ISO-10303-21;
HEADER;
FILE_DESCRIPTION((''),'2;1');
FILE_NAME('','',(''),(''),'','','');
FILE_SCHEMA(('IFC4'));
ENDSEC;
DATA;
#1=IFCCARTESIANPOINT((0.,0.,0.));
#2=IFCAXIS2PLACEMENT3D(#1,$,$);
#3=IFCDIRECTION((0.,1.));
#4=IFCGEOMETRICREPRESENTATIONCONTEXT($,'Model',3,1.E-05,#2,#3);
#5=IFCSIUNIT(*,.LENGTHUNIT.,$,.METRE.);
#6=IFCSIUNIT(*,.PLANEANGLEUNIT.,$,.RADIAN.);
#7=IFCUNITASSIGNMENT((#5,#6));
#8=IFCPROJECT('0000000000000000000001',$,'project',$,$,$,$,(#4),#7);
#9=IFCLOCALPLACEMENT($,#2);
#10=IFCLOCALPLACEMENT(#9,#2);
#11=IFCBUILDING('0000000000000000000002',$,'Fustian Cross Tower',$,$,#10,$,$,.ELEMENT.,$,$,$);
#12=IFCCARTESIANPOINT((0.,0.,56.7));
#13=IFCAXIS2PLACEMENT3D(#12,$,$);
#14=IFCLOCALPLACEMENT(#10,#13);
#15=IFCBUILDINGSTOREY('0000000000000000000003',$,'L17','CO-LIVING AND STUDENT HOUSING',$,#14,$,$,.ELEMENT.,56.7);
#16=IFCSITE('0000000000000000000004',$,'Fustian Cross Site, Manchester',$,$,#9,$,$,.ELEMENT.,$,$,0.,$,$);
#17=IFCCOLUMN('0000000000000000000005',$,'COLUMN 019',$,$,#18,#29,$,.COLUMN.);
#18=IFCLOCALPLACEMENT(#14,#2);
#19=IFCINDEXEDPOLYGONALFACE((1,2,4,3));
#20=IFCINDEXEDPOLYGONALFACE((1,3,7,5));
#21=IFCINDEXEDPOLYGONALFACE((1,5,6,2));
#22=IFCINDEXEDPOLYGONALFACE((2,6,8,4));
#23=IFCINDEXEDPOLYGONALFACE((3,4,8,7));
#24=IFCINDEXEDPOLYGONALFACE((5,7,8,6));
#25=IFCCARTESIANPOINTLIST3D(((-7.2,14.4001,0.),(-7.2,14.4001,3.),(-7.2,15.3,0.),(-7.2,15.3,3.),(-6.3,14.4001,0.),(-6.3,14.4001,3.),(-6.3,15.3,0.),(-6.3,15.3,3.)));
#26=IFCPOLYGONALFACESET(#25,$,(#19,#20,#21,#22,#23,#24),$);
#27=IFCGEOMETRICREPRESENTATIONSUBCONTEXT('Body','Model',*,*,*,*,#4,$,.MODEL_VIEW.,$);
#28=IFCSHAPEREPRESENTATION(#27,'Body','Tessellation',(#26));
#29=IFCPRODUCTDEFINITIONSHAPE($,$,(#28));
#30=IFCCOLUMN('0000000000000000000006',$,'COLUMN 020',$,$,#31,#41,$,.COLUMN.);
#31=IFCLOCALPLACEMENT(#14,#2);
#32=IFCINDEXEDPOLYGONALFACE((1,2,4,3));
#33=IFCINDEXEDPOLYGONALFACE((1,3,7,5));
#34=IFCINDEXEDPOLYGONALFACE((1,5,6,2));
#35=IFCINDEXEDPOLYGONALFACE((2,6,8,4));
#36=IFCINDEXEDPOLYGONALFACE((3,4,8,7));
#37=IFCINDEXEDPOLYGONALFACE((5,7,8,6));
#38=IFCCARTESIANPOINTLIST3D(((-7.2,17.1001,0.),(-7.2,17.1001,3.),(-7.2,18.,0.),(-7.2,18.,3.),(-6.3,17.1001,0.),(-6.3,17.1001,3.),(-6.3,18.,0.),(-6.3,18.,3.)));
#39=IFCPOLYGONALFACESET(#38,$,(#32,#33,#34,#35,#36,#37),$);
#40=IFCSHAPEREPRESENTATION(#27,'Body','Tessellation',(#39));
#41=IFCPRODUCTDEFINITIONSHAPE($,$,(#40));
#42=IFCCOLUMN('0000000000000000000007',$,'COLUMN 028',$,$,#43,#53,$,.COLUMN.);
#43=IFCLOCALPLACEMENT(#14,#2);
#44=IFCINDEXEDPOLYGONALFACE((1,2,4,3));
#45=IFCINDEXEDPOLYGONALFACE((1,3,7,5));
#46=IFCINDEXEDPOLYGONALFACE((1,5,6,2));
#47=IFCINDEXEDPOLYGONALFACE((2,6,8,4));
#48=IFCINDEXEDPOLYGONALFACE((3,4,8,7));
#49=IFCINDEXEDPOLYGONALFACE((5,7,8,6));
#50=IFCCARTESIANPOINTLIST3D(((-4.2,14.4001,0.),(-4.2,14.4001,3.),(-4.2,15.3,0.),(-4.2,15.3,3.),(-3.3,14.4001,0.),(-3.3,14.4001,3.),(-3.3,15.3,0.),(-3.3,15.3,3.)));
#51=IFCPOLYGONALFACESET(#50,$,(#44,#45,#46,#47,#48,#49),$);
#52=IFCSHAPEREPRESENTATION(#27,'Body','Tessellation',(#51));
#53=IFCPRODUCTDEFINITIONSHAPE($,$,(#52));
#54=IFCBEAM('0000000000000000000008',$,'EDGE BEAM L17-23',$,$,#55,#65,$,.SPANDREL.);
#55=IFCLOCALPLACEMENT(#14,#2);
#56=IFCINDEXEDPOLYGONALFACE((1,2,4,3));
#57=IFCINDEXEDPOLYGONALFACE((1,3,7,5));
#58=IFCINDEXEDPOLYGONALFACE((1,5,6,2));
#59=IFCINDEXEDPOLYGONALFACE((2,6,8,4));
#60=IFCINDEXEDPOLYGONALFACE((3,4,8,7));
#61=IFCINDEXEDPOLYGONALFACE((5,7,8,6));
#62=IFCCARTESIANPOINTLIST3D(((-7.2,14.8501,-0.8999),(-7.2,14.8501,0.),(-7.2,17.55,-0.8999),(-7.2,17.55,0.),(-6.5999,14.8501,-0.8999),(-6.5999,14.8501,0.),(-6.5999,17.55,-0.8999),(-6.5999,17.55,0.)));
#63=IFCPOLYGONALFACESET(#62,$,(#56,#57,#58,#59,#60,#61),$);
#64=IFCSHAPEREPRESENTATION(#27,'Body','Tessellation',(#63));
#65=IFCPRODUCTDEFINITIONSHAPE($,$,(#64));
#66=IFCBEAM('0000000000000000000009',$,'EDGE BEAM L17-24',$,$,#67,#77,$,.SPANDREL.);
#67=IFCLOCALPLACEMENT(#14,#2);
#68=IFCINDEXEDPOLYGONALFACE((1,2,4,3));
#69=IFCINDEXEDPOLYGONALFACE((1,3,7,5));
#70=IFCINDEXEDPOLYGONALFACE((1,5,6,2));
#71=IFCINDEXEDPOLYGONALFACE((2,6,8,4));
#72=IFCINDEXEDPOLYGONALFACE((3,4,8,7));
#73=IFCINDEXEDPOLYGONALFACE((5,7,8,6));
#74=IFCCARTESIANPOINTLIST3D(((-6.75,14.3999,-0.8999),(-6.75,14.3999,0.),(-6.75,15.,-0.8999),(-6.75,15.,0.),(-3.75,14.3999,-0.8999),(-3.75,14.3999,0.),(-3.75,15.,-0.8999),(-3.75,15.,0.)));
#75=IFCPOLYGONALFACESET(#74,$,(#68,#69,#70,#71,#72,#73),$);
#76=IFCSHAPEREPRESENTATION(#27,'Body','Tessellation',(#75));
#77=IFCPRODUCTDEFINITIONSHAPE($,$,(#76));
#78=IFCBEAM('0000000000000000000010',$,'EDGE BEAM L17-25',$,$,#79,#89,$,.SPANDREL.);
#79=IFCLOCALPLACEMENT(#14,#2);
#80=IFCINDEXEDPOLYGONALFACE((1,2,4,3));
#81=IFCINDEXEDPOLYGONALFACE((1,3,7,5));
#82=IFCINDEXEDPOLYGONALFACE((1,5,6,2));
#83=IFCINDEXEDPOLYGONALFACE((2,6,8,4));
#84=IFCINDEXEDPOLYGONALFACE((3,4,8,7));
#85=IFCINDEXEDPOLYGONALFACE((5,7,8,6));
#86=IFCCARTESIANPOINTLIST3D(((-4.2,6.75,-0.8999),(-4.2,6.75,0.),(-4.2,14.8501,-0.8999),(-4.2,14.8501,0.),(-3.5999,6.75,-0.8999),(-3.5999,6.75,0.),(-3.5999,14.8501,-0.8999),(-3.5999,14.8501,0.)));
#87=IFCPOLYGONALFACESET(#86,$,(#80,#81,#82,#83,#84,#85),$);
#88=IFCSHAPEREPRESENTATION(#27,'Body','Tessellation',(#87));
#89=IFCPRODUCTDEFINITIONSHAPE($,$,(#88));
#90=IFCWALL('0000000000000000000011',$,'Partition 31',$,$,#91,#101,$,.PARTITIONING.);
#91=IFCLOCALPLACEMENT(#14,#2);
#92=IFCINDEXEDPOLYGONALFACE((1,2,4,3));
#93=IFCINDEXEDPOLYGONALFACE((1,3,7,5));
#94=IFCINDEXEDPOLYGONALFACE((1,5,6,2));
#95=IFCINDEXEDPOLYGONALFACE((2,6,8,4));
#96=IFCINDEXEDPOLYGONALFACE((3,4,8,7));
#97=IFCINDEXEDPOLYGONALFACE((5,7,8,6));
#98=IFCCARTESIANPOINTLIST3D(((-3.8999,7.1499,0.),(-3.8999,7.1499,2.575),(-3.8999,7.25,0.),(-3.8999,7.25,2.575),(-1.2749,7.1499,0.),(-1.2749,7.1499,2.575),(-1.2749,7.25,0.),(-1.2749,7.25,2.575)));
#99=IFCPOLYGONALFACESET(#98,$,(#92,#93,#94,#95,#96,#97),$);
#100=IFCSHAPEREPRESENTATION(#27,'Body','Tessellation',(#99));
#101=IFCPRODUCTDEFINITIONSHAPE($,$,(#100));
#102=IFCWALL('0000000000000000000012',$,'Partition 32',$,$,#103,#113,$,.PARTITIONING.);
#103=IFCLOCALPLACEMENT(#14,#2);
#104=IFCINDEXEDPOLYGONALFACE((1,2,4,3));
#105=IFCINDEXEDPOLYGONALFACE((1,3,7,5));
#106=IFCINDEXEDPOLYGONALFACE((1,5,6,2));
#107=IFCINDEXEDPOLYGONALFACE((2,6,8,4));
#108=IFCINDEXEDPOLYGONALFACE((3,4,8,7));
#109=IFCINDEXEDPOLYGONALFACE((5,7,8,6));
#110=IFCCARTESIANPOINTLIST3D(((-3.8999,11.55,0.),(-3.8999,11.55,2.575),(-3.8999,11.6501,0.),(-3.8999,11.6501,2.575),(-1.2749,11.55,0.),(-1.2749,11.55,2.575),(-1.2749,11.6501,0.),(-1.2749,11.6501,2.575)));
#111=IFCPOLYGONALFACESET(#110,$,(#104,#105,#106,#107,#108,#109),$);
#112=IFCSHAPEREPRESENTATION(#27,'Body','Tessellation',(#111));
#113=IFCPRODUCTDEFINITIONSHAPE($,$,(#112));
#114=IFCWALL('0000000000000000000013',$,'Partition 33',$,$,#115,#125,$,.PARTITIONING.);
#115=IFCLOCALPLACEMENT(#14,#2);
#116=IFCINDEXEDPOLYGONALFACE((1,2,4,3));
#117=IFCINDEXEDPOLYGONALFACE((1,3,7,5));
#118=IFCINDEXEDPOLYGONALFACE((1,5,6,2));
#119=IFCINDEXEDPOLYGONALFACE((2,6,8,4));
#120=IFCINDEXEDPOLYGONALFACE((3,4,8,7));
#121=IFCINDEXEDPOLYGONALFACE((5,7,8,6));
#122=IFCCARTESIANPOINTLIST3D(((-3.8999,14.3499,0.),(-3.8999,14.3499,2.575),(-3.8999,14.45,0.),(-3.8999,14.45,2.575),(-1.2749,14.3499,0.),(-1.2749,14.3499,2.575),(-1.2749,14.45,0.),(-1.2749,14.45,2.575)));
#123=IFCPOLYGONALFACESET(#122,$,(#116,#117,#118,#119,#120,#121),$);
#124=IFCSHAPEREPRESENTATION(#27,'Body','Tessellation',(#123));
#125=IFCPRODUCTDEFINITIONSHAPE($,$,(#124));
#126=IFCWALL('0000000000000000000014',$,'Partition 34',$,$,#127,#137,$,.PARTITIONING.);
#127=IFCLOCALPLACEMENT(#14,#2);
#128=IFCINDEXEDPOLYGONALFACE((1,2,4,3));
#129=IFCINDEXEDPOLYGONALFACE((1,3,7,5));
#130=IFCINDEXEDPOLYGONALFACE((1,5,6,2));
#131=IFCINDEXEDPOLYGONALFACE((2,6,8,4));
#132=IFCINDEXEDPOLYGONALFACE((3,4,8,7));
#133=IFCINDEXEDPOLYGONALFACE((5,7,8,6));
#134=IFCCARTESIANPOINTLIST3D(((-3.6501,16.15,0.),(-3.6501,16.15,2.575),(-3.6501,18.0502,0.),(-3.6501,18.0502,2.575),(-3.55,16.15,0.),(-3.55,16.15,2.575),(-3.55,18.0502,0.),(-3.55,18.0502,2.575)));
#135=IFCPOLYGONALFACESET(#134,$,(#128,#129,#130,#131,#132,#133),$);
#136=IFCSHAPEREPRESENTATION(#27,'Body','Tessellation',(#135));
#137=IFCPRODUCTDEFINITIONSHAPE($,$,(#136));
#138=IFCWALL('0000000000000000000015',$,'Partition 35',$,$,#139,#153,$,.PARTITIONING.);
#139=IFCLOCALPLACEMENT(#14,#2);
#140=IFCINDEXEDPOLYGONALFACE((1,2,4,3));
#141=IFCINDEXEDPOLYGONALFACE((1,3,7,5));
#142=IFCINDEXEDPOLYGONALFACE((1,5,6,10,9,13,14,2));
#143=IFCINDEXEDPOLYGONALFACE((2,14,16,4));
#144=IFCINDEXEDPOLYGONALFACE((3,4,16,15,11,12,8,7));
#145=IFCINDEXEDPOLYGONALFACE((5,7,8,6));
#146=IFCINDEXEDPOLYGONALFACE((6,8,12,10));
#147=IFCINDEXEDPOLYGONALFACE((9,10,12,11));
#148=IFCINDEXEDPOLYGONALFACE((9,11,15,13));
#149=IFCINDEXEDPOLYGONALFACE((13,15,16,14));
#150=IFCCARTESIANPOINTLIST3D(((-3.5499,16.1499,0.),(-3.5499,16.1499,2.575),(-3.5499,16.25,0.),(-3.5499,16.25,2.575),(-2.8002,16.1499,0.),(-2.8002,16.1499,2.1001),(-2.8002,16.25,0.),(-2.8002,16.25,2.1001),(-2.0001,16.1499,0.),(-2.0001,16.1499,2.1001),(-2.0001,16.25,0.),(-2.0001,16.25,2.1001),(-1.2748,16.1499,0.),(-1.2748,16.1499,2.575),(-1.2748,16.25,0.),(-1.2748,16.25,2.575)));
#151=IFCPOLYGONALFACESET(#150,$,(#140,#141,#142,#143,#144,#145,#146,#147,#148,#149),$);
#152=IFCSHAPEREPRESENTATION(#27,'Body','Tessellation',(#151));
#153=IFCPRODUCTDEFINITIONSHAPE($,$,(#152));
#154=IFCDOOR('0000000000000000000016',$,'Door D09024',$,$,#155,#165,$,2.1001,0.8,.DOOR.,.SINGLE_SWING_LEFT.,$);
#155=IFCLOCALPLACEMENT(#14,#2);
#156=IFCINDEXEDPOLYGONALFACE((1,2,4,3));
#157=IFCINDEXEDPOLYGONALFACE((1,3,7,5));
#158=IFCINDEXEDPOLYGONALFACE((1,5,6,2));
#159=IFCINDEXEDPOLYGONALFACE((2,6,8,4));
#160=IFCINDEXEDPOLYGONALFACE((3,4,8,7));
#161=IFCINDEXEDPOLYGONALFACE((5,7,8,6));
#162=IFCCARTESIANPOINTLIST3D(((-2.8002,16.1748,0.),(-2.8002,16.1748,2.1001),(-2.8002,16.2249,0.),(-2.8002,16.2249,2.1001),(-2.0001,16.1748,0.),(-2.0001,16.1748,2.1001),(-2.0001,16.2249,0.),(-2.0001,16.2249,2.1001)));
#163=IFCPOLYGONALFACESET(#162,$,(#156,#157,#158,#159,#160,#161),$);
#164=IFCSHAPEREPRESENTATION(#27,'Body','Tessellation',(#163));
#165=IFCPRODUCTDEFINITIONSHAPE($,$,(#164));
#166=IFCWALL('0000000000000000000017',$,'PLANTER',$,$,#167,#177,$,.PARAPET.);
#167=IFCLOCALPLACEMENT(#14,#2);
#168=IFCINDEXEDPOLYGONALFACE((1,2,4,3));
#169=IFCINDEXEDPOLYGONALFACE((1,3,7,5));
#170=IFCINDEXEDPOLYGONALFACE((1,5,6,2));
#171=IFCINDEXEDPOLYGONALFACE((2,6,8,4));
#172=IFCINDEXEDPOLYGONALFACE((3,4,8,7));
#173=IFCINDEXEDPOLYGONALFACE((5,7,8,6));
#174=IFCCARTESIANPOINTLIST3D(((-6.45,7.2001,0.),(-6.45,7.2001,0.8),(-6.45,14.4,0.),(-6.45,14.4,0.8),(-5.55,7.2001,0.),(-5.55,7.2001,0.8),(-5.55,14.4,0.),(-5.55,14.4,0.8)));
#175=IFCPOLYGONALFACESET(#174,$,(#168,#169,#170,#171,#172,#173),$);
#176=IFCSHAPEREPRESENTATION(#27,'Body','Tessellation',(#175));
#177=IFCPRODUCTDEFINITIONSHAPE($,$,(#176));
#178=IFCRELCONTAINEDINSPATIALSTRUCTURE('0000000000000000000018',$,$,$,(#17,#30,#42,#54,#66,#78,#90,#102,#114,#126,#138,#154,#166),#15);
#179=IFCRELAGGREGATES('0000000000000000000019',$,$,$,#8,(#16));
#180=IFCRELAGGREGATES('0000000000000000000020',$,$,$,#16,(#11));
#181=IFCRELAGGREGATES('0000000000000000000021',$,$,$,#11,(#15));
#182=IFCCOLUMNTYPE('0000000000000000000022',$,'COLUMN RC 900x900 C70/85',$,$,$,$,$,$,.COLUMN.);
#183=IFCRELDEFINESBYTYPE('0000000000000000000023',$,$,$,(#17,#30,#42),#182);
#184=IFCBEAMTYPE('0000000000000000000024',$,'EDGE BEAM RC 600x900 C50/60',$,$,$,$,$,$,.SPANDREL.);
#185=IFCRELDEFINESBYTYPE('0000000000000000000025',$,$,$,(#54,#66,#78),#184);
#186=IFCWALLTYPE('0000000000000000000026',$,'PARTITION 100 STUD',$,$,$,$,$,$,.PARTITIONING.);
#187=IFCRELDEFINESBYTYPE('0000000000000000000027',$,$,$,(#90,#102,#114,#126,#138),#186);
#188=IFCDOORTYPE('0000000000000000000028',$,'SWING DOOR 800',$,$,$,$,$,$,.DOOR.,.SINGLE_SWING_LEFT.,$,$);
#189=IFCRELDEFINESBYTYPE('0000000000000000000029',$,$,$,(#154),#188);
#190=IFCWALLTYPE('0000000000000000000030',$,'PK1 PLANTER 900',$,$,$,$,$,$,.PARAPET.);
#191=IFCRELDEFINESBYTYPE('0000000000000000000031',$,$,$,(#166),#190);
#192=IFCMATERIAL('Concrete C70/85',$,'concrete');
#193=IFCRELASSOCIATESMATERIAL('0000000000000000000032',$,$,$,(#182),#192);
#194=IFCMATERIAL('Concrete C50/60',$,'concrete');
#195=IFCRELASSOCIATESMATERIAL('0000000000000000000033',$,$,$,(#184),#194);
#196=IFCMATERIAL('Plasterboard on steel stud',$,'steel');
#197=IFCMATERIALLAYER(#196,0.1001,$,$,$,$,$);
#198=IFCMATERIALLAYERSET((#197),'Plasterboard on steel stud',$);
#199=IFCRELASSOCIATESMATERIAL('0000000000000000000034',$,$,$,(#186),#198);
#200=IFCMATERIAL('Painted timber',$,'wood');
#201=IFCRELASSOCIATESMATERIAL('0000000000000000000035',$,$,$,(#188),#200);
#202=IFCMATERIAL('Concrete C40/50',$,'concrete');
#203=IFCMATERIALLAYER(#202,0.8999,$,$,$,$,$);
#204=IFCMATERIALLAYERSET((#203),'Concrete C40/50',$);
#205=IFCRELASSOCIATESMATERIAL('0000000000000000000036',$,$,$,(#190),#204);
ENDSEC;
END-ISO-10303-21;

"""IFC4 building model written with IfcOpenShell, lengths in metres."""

from ifc_helpers import new_model, si_unit, direction, frame, frame_2d, origin, origin_2d, place, context, subcontext, project, spatial, rectangle, extrude, material, layer, layer_set, material_profile, profile_set, type_object, element, fill, save


model = new_model("IFC4")

# Units and contexts
model_context = context("Model", 3, precision=1e-05, world=origin(), true_north=direction((0.0, 1.0)))
body_context = subcontext(model_context, "Body", "Model", "MODEL_VIEW")
ifc_project = project(units=[si_unit("LENGTHUNIT", "METRE"), si_unit("PLANEANGLEUNIT", "RADIAN")], contexts=[model_context])

# Site, building, storey
site_placement = place(None, origin())
site = spatial("IfcSite", under=ifc_project, at=site_placement, Name="Fustian Cross Site, Manchester", CompositionType="ELEMENT", RefElevation=0.0)
building_placement = place(site_placement, origin())
building = spatial("IfcBuilding", under=site, at=building_placement, Name="Fustian Cross Tower", CompositionType="ELEMENT")
storey_placement = place(building_placement, frame((0.0, 0.0, 56.7)))
storey = spatial("IfcBuildingStorey", under=building, at=storey_placement, Name="L17", Description="CO-LIVING AND STUDENT HOUSING", CompositionType="ELEMENT", Elevation=56.7)

# Columns
ifc_material_1 = material(Name="Concrete C70/85", Category="concrete")
ifc_material_profile_1 = material_profile(ifc_material_1, rectangle(XDim=0.8999, YDim=0.8999, at=origin_2d()), Name="RC 900x900")
ifc_profile_set_1 = profile_set([ifc_material_profile_1], Name="Concrete C70/85")
column_type = type_object("IfcColumnType", Name="COLUMN RC 900x900 C70/85", PredefinedType="COLUMN", material=ifc_profile_set_1)
for number, where, z_axis, x_axis, name in (
    (1, (-6.75, 14.8501, 0.0), (0.0, 0.0, 1.0), (1.0, 0.0, 0.0), "COLUMN 019"),
    (2, (-6.75, 17.55, 0.0), (0.0, 0.0, 1.0), (1.0, 0.0, 0.0), "COLUMN 020"),
    (3, (-3.75, 14.8501, 0.0), (0.0, 0.0, 1.0), (1.0, 0.0, 0.0), "COLUMN 028"),
):
    element("IfcColumn", number, at=place(storey_placement, frame(where, z_axis=z_axis, x_axis=x_axis)), inside=storey, type_object=column_type, Name=name, PredefinedType="COLUMN", context=body_context, shape_type="SweptSolid", body=[
        extrude(rectangle(XDim=0.8999, YDim=0.8999, at=origin_2d()), origin(), (0.0, 0.0, 1.0), 3.0),
    ])

# Beams
ifc_material_2 = material(Name="Concrete C50/60", Category="concrete")
ifc_material_profile_2 = material_profile(ifc_material_2, rectangle(XDim=0.6001, YDim=0.8999, at=origin_2d()), Name="RC 600x900")
ifc_profile_set_2 = profile_set([ifc_material_profile_2], Name="Concrete C50/60")
beam_type = type_object("IfcBeamType", Name="EDGE BEAM RC 600x900 C50/60", PredefinedType="SPANDREL", material=ifc_profile_set_2)
beam_1_placement = place(storey_placement, frame((-6.8999, 17.55, -0.45), z_axis=(0.0, -1.0, 0.0), x_axis=(1.0, 0.0, 0.0)))
element("IfcBeam", 4, at=beam_1_placement, inside=storey, type_object=beam_type, Name="EDGE BEAM L17-23", PredefinedType="SPANDREL", context=body_context, shape_type="SweptSolid", body=[
    extrude(rectangle(XDim=0.6001, YDim=0.8999, at=origin_2d()), origin(), (0.0, 0.0, 1.0), 2.7),
])
beam_2_placement = place(storey_placement, frame((-6.75, 14.7, -0.45), z_axis=(1.0, 0.0, 0.0), x_axis=(0.0, 1.0, 0.0)))
element("IfcBeam", 5, at=beam_2_placement, inside=storey, type_object=beam_type, Name="EDGE BEAM L17-24", PredefinedType="SPANDREL", context=body_context, shape_type="SweptSolid", body=[
    extrude(rectangle(XDim=0.6001, YDim=0.8999, at=origin_2d()), origin(), (0.0, 0.0, 1.0), 3.0),
])
beam_3_placement = place(storey_placement, frame((-3.8999, 14.8501, -0.45), z_axis=(0.0, -1.0, 0.0), x_axis=(1.0, 0.0, 0.0)))
element("IfcBeam", 6, at=beam_3_placement, inside=storey, type_object=beam_type, Name="EDGE BEAM L17-25", PredefinedType="SPANDREL", context=body_context, shape_type="SweptSolid", body=[
    extrude(rectangle(XDim=0.6001, YDim=0.8999, at=origin_2d()), origin(), (0.0, 0.0, 1.0), 8.1001),
])

# Walls
ifc_material_3 = material(Name="Plasterboard on steel stud", Category="steel")
ifc_layer_1 = layer(ifc_material_3, 0.1001)
ifc_layer_set_1 = layer_set([ifc_layer_1], Name="Plasterboard on steel stud")
wall_type_1 = type_object("IfcWallType", Name="PARTITION 100 STUD", PredefinedType="PARTITIONING", material=ifc_layer_set_1)
for number, where, z_axis, x_axis, name in (
    (7, (-3.8999, 7.2, 0.0), (0.0, 0.0, 1.0), (1.0, 0.0, 0.0), "Partition 31"),
    (8, (-3.8999, 11.6001, 0.0), (0.0, 0.0, 1.0), (1.0, 0.0, 0.0), "Partition 32"),
    (9, (-3.8999, 14.3999, 0.0), (0.0, 0.0, 1.0), (1.0, 0.0, 0.0), "Partition 33"),
):
    element("IfcWall", number, at=place(storey_placement, frame(where, z_axis=z_axis, x_axis=x_axis)), inside=storey, type_object=wall_type_1, Name=name, PredefinedType="PARTITIONING", context=body_context, shape_type="SweptSolid", body=[
        extrude(rectangle(XDim=2.625, YDim=0.1001, at=frame_2d((1.3125, 0.0))), origin(), (0.0, 0.0, 1.0), 2.575),
    ])
wall_1_placement = place(storey_placement, frame((-3.6001, 16.1499, 0.0), z_axis=(0.0, 0.0, 1.0), x_axis=(0.0, 1.0, 0.0)))
element("IfcWall", 10, at=wall_1_placement, inside=storey, type_object=wall_type_1, Name="Partition 34", PredefinedType="PARTITIONING", context=body_context, shape_type="SweptSolid", body=[
    extrude(rectangle(XDim=1.9001, YDim=0.1001, at=frame_2d((0.9502, 0.0))), origin(), (0.0, 0.0, 1.0), 2.575),
])

# Wall, opening, door
wall_2_placement = place(storey_placement, frame((-3.55, 16.2, 0.0), z_axis=(0.0, 0.0, 1.0), x_axis=(1.0, 0.0, 0.0)))
wall_2 = element("IfcWall", 11, at=wall_2_placement, inside=storey, type_object=wall_type_1, Name="Partition 35", PredefinedType="PARTITIONING", context=body_context, shape_type="SweptSolid", body=[
    extrude(rectangle(XDim=2.2751, YDim=0.1001, at=frame_2d((1.1377, 0.0))), origin(), (0.0, 0.0, 1.0), 2.575),
])
opening_1_placement = place(wall_2_placement, frame((0.75, 0.0, 0.0)))
opening_1 = element("IfcOpeningElement", 12, at=opening_1_placement, cuts=wall_2, PredefinedType="OPENING", context=body_context, shape_type="SweptSolid", body=[
    extrude(rectangle(XDim=0.8, YDim=2.1001, at=frame_2d((0.3999, 1.05))), frame((0.0, 0.0601, 0.0), z_axis=(0.0, -1.0, 0.0), x_axis=(1.0, 0.0, 0.0)), (0.0, 0.0, 1.0), 0.1201),
])
ifc_material_4 = material(Name="Painted timber", Category="wood")
door_type_1 = type_object("IfcDoorType", Name="SWING DOOR 800", OperationType="SINGLE_SWING_LEFT", PredefinedType="DOOR", material=ifc_material_4)
door_1_placement = place(opening_1_placement, origin())
door_1 = element("IfcDoor", 13, at=door_1_placement, inside=storey, type_object=door_type_1, Name="Door D09024", OperationType="SINGLE_SWING_LEFT", OverallHeight=2.1001, OverallWidth=0.8, PredefinedType="DOOR", context=body_context, shape_type="SweptSolid", body=[
    extrude(rectangle(XDim=0.8, YDim=2.1001, at=frame_2d((0.3999, 1.05))), frame((0.0, 0.0249, 0.0), z_axis=(0.0, -1.0, 0.0), x_axis=(1.0, 0.0, 0.0)), (0.0, 0.0, 1.0), 0.05),
])
fill(opening_1, door_1)

# Wall
ifc_material_5 = material(Name="Concrete C40/50", Category="concrete")
ifc_layer_2 = layer(ifc_material_5, 0.8999)
ifc_layer_set_2 = layer_set([ifc_layer_2], Name="Concrete C40/50")
wall_type_2 = type_object("IfcWallType", Name="PK1 PLANTER 900", PredefinedType="PARAPET", material=ifc_layer_set_2)
wall_3_placement = place(storey_placement, frame((-6.0, 7.2, 0.0), z_axis=(0.0, 0.0, 1.0), x_axis=(0.0, 1.0, 0.0)))
element("IfcWall", 14, at=wall_3_placement, inside=storey, type_object=wall_type_2, Name="PLANTER", PredefinedType="PARAPET", context=body_context, shape_type="SweptSolid", body=[
    extrude(rectangle(XDim=7.2, YDim=0.8999, at=frame_2d((3.6001, 0.0))), origin(), (0.0, 0.0, 1.0), 0.8),
])

save(model, "model.ifc")
